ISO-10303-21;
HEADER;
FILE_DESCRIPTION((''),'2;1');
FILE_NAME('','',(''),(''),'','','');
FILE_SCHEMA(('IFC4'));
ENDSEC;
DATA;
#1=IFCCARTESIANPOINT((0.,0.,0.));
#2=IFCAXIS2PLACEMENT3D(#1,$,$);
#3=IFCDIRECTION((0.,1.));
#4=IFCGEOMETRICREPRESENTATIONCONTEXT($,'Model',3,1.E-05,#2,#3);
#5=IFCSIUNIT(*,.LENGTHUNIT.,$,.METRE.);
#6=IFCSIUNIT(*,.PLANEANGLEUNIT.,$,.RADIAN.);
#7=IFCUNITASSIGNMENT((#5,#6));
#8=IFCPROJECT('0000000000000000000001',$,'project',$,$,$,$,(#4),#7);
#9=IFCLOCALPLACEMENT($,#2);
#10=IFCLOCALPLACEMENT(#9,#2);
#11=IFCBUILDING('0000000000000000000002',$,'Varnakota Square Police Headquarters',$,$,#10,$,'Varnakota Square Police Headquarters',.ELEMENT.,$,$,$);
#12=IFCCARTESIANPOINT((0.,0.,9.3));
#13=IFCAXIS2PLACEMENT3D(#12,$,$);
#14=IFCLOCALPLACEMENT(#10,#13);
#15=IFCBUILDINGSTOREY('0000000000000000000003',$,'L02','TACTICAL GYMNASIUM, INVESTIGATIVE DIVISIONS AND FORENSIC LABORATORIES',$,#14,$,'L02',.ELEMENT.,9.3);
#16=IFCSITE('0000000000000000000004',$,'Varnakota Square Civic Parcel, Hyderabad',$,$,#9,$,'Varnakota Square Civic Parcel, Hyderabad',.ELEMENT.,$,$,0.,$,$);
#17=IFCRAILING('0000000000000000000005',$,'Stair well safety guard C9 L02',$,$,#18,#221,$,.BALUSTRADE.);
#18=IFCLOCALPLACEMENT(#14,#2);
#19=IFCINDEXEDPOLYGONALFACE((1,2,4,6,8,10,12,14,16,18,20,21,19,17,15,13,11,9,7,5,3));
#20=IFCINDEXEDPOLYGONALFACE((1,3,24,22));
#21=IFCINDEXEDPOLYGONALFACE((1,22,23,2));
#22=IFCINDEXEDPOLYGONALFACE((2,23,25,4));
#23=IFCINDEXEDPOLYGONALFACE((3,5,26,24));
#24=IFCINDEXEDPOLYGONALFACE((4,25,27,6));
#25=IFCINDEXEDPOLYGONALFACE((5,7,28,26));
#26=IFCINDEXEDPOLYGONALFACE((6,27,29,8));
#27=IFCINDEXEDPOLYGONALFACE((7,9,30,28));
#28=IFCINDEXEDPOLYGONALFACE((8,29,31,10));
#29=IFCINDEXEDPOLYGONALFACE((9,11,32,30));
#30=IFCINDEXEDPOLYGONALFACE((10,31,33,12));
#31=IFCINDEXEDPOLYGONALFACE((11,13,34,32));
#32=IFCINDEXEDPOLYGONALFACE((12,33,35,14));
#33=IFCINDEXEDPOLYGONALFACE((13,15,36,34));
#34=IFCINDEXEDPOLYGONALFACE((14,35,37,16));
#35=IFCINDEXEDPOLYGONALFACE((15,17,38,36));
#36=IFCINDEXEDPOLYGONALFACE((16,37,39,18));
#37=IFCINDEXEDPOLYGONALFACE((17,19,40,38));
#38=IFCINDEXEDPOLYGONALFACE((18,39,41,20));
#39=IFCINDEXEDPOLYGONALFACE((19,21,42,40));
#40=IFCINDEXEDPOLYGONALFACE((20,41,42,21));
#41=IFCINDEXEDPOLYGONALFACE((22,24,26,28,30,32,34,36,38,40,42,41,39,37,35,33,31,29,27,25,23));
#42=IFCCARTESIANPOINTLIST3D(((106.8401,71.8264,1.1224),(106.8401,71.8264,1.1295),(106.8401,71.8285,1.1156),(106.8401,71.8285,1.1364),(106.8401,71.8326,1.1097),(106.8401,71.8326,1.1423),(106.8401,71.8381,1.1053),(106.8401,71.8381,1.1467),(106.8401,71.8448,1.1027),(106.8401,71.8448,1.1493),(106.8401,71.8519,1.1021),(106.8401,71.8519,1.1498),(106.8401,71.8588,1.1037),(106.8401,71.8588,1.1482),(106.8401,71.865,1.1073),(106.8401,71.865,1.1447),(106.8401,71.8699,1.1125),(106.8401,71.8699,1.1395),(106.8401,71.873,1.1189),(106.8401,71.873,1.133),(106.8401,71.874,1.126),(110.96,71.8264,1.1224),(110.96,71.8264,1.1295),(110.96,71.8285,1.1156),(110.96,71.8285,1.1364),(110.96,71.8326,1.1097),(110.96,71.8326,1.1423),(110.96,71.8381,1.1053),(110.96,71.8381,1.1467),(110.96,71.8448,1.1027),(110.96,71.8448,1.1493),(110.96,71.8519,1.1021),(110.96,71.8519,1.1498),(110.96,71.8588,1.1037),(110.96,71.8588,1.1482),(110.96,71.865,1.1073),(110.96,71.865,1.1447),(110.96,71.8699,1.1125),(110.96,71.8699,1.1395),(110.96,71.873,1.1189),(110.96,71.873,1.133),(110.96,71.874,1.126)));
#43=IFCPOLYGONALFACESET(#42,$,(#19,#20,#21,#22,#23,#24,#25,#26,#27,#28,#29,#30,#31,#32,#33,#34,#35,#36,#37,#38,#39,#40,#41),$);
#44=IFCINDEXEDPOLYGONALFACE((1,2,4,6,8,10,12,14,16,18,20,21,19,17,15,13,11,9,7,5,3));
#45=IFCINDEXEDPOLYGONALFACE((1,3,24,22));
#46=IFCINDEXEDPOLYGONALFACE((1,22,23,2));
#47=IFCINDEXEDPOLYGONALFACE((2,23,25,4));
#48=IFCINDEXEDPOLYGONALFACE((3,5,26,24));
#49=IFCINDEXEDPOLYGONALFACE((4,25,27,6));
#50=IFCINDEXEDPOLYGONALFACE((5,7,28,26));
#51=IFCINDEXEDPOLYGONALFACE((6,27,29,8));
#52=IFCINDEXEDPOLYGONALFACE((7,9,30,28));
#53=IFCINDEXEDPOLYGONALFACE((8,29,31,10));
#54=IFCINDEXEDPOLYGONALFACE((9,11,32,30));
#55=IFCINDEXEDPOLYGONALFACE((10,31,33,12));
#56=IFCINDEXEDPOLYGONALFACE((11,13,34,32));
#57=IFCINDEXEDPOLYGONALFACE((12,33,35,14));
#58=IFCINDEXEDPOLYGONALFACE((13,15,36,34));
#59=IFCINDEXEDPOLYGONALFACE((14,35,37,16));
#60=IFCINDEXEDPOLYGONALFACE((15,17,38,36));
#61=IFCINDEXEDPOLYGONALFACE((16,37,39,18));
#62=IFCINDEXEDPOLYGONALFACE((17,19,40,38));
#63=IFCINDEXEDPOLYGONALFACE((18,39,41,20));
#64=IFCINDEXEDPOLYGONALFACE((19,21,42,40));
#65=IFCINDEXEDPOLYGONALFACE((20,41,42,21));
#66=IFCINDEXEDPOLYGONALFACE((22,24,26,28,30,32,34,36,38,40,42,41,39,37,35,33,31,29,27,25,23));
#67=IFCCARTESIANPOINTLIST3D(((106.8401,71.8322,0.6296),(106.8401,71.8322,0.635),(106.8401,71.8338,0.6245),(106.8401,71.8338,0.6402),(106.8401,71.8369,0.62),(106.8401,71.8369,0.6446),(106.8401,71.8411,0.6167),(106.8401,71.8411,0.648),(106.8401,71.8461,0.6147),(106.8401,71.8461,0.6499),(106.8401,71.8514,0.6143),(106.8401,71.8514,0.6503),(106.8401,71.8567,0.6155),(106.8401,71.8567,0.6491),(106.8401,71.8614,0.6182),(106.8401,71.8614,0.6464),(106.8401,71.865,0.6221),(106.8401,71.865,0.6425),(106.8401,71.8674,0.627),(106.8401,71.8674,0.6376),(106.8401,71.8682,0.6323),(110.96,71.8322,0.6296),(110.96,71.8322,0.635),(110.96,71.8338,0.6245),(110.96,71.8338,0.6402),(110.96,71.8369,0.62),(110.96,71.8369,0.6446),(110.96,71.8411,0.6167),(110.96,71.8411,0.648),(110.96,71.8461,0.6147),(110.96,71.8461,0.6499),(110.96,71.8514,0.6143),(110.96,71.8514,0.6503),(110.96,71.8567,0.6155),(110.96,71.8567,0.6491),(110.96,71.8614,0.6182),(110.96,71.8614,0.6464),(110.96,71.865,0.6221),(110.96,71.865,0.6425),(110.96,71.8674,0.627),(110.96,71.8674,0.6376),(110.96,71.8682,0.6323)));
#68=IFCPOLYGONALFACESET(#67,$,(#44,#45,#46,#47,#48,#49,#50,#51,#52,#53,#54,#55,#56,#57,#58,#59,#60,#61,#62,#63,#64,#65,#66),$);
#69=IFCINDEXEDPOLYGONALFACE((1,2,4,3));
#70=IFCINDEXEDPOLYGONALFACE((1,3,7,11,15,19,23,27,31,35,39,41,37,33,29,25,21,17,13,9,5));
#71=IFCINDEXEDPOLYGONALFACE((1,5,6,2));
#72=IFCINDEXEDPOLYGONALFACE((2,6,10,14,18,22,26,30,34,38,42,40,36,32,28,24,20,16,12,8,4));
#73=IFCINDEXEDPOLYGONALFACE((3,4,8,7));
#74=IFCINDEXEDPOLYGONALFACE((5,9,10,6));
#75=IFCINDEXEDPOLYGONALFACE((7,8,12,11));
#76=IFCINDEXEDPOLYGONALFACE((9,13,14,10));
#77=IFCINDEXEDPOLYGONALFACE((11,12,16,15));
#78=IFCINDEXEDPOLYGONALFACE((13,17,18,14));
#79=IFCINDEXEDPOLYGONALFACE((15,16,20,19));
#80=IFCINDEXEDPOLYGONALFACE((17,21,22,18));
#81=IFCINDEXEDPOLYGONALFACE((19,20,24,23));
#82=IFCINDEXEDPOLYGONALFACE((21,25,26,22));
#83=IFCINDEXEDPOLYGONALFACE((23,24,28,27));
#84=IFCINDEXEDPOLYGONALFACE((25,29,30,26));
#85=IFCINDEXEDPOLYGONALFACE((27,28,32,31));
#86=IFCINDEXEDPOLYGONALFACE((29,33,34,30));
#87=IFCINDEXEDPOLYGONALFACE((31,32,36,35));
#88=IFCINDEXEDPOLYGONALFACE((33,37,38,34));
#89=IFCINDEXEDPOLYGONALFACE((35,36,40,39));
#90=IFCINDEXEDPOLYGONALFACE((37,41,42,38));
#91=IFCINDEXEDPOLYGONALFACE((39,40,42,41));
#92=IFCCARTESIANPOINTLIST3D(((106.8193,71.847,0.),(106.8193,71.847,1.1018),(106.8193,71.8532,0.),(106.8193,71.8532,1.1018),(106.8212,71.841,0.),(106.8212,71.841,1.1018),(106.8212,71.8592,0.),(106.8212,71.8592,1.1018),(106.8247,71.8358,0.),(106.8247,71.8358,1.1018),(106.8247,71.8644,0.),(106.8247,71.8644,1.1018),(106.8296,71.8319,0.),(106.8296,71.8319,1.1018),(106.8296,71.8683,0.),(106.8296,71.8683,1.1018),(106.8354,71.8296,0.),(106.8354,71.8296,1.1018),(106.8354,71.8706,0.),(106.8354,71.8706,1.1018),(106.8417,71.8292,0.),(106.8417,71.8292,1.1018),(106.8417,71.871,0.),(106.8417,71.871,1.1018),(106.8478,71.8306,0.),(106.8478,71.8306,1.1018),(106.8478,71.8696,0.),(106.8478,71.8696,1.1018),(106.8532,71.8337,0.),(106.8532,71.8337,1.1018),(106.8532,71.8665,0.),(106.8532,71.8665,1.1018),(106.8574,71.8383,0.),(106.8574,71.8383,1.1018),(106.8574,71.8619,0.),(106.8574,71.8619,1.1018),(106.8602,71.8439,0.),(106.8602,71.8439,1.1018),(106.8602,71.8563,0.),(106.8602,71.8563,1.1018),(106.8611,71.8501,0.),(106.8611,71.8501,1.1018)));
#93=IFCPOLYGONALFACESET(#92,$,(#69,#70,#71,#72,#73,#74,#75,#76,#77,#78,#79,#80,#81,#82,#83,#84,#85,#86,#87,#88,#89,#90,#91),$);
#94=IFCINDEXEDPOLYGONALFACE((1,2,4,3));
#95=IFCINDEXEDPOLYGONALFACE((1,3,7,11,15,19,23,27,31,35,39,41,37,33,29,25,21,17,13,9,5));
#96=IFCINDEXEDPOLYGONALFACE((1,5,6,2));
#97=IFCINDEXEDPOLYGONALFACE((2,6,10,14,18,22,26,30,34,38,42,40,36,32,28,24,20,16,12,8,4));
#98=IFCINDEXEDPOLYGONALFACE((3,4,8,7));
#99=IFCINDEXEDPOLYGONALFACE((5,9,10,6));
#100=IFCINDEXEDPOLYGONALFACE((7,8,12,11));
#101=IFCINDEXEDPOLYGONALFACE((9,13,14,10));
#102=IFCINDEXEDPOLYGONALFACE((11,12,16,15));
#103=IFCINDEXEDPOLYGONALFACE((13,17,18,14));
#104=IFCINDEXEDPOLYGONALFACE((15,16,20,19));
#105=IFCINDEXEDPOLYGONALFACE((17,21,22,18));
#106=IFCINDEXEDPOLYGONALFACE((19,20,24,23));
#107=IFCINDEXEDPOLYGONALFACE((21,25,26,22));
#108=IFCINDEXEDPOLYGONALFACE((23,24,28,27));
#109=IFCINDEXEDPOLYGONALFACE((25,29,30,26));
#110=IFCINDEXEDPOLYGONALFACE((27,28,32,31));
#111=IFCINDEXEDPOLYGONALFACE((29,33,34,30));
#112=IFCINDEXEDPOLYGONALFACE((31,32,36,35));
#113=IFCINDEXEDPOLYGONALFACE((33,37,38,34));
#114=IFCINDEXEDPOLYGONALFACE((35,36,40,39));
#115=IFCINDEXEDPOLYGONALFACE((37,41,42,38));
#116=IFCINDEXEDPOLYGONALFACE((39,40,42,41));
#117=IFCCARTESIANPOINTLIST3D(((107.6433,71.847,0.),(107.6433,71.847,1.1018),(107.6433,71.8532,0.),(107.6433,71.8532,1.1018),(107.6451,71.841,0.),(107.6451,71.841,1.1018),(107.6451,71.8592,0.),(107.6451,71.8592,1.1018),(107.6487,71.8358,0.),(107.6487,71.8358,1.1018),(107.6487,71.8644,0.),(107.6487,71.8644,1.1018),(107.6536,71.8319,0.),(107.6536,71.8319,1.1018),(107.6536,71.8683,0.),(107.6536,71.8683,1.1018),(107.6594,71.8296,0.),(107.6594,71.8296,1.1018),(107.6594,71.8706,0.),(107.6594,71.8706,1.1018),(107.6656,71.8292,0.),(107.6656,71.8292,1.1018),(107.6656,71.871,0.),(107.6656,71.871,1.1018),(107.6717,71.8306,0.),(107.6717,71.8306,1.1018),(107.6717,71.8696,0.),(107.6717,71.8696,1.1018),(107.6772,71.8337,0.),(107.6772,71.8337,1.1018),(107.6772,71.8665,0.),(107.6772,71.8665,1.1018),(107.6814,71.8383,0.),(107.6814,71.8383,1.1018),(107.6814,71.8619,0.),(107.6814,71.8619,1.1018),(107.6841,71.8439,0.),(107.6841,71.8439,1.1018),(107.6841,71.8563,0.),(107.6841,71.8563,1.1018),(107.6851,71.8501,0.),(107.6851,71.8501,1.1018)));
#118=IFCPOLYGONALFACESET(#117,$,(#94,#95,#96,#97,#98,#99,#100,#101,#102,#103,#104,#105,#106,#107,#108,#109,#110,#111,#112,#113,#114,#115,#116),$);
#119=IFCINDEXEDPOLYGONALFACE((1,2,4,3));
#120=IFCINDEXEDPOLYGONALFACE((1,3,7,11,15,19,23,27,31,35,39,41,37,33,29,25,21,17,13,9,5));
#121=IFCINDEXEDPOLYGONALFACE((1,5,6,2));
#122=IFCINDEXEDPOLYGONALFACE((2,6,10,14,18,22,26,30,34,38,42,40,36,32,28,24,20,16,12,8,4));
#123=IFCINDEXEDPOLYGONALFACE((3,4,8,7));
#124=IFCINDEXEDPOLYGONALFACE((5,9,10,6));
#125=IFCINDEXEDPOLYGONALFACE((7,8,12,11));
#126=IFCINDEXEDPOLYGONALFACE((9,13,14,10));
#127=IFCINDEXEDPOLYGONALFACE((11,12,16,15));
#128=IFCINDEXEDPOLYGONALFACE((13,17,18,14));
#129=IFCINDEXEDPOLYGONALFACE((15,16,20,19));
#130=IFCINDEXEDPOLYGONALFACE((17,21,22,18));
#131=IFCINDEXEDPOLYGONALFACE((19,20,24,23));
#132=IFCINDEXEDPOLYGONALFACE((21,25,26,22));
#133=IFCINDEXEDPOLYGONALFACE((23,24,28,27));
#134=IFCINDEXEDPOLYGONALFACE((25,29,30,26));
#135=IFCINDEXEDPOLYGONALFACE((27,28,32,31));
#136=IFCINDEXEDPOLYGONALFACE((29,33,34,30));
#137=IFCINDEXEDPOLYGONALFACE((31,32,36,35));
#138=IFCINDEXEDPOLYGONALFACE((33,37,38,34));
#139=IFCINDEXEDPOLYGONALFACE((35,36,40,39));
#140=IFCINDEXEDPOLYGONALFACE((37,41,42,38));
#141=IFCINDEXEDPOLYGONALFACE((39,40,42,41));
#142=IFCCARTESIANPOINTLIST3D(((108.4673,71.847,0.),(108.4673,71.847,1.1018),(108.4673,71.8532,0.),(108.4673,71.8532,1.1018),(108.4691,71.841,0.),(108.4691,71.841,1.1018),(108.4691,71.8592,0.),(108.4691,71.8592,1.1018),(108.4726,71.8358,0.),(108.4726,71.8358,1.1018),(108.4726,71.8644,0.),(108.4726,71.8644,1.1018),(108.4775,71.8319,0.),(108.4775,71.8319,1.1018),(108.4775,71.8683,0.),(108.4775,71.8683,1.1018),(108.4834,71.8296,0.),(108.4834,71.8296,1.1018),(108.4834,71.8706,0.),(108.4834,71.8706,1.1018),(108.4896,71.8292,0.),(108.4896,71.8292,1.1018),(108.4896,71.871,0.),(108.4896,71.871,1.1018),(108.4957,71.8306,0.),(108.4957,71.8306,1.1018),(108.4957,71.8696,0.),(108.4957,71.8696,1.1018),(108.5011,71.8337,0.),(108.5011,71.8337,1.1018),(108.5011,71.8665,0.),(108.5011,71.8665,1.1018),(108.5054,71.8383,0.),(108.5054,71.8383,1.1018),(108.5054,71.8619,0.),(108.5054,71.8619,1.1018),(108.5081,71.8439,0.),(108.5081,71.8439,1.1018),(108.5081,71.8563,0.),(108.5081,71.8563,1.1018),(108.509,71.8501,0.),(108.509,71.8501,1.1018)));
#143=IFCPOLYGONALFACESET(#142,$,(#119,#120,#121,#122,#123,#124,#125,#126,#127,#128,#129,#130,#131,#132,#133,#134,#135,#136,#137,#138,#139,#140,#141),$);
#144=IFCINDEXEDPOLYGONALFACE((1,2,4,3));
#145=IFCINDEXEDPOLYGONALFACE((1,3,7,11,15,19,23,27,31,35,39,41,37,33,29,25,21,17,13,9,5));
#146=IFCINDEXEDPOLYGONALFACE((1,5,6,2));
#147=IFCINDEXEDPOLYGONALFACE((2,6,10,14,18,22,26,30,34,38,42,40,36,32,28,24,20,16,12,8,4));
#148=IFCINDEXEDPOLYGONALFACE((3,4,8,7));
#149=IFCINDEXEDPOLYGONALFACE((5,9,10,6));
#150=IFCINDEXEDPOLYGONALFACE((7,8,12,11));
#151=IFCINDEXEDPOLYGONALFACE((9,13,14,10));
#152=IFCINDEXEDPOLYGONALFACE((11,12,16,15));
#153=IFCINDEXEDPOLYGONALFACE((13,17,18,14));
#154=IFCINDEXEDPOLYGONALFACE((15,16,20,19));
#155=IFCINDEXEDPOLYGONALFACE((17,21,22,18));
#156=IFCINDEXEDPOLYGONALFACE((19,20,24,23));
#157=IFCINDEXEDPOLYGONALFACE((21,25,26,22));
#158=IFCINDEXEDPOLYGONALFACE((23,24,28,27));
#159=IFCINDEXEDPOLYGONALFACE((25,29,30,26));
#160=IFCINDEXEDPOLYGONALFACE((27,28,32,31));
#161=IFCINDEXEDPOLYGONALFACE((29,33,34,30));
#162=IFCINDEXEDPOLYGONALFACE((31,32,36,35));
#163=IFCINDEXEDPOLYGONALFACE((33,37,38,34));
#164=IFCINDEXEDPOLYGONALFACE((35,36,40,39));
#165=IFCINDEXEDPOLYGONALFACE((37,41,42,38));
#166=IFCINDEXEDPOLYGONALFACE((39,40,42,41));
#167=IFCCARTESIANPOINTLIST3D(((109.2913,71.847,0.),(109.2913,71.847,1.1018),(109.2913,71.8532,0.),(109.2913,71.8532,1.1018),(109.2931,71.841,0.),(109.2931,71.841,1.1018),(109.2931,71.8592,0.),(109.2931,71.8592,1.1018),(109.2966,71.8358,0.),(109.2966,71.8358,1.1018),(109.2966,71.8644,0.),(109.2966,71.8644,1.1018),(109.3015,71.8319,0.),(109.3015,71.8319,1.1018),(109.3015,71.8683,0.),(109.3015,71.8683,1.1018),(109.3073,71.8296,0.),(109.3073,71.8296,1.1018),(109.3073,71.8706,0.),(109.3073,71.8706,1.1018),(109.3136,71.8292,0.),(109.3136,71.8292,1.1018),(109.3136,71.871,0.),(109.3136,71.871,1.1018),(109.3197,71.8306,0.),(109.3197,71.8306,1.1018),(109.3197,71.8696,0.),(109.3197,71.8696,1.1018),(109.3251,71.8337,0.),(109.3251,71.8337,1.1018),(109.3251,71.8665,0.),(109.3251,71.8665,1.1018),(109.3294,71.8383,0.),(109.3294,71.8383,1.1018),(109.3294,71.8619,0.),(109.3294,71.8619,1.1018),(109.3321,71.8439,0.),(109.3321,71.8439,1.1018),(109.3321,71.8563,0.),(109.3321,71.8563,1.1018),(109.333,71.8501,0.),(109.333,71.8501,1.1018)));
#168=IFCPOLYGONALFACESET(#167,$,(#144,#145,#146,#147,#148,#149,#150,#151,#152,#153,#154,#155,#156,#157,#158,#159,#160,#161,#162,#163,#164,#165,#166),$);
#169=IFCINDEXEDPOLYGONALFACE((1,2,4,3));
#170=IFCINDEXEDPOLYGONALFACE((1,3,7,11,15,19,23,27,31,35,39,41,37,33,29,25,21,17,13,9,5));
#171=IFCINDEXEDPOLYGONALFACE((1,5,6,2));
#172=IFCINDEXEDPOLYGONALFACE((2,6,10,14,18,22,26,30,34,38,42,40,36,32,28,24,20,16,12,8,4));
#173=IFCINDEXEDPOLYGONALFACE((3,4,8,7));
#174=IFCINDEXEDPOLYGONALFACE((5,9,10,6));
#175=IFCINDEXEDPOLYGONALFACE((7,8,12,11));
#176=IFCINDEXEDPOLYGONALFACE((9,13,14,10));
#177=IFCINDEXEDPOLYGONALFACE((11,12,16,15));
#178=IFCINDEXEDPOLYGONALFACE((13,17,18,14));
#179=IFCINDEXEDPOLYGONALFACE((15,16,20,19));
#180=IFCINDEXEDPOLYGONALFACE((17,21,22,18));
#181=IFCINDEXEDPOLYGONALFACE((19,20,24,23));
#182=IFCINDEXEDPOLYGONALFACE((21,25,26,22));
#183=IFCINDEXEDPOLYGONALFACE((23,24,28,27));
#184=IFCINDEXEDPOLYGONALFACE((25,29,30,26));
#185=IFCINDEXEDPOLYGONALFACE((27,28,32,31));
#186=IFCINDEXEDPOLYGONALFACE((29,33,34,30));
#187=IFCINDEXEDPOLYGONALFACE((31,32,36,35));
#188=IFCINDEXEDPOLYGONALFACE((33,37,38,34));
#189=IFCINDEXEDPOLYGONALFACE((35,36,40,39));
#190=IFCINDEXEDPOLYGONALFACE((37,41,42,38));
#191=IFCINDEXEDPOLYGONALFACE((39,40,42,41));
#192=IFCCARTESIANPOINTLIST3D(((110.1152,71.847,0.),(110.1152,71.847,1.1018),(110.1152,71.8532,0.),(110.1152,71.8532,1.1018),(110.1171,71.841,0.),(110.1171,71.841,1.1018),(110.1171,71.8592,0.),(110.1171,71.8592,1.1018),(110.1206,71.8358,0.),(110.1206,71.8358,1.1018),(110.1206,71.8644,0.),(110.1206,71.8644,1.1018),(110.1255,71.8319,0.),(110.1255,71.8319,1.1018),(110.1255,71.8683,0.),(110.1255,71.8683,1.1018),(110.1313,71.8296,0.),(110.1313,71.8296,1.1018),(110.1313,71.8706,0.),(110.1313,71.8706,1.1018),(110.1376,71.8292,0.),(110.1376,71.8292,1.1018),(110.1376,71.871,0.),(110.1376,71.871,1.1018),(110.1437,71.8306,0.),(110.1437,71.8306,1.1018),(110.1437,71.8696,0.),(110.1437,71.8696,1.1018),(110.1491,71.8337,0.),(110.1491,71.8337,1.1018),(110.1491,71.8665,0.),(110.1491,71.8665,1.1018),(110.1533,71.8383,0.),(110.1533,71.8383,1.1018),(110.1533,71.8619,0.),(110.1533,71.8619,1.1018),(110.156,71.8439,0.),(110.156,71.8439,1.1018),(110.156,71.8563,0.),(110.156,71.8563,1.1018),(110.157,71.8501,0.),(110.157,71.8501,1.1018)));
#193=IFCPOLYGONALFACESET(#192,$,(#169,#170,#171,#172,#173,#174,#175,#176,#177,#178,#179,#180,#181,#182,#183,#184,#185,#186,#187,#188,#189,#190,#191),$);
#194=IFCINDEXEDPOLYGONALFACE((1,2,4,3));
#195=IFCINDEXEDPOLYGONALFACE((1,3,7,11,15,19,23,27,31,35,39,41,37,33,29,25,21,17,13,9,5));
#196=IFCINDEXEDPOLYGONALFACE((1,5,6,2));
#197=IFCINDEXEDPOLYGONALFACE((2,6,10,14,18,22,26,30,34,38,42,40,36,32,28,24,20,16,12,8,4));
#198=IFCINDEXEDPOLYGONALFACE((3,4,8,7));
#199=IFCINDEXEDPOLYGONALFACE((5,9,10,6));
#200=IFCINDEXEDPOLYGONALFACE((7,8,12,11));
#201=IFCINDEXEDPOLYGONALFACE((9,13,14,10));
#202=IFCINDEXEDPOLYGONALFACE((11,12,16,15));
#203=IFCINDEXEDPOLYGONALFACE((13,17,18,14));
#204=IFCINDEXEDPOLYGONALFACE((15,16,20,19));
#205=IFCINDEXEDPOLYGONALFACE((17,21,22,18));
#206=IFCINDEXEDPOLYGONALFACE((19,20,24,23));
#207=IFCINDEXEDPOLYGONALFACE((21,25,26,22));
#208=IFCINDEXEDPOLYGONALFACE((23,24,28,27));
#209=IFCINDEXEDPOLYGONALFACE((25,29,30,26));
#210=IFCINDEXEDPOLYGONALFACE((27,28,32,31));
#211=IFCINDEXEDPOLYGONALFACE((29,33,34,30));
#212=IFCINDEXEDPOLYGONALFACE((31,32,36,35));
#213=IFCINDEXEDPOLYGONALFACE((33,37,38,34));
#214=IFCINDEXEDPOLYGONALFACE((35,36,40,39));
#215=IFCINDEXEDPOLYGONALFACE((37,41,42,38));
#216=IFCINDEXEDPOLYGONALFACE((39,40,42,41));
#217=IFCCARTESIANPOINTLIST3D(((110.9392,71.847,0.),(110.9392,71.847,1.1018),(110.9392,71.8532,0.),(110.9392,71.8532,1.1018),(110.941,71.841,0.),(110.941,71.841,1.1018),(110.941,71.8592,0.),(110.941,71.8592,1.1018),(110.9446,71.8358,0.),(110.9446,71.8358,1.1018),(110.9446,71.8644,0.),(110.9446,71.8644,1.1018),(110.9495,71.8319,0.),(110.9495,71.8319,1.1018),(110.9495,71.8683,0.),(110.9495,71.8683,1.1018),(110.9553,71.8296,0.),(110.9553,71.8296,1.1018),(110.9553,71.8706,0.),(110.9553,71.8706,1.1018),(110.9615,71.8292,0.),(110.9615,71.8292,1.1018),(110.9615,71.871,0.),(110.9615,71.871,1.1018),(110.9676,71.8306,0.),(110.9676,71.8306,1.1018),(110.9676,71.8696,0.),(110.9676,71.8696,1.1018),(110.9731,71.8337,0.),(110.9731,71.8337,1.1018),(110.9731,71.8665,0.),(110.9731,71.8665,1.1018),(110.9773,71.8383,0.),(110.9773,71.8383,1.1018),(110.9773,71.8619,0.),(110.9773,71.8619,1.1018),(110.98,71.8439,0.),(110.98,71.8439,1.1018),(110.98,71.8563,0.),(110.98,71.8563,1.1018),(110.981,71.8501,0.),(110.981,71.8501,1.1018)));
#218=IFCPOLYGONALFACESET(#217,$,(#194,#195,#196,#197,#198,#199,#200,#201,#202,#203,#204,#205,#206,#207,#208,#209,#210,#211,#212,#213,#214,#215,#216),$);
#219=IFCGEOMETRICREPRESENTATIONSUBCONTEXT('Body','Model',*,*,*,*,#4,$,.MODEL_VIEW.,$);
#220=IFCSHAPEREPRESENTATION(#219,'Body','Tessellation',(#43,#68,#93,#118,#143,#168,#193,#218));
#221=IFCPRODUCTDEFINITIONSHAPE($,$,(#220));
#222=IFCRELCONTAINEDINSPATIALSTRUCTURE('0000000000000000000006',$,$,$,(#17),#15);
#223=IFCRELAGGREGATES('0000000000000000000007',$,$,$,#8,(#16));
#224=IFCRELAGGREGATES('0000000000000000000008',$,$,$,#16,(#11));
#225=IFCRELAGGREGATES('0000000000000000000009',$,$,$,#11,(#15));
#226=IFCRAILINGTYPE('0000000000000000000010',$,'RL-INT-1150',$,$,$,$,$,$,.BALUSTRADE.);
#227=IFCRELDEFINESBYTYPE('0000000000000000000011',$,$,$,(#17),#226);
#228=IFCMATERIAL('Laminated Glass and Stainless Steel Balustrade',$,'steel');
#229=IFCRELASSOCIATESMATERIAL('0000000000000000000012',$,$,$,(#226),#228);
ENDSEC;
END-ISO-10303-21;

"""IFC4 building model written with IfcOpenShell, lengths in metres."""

from ifc_helpers import new_model, si_unit, direction, frame, origin, origin_2d, place, context, subcontext, project, spatial, circle, extrude, material, type_object, element, save


model = new_model("IFC4")

# Units and contexts
model_context = context("Model", 3, precision=1e-05, world=origin(), true_north=direction((0.0, 1.0)))
body_context = subcontext(model_context, "Body", "Model", "MODEL_VIEW")
ifc_project = project(units=[si_unit("LENGTHUNIT", "METRE"), si_unit("PLANEANGLEUNIT", "RADIAN")], contexts=[model_context])

# Site, building, storey
site_placement = place(None, origin())
site = spatial("IfcSite", under=ifc_project, at=site_placement, Name="Varnakota Square Civic Parcel, Hyderabad", LongName="Varnakota Square Civic Parcel, Hyderabad", CompositionType="ELEMENT", RefElevation=0.0)
building_placement = place(site_placement, origin())
building = spatial("IfcBuilding", under=site, at=building_placement, Name="Varnakota Square Police Headquarters", LongName="Varnakota Square Police Headquarters", CompositionType="ELEMENT")
storey_placement = place(building_placement, frame((0.0, 0.0, 9.3)))
storey = spatial("IfcBuildingStorey", under=building, at=storey_placement, Name="L02", Description="TACTICAL GYMNASIUM, INVESTIGATIVE DIVISIONS AND FORENSIC LABORATORIES", LongName="L02", CompositionType="ELEMENT", Elevation=9.3)

# Railing
ifc_material_1 = material(Name="Laminated Glass and Stainless Steel Balustrade", Category="steel")
railing_type_1 = type_object("IfcRailingType", Name="RL-INT-1150", PredefinedType="BALUSTRADE", material=ifc_material_1)
railing_1_placement = place(storey_placement, frame((106.8401, 71.8501, 0.0)))
element("IfcRailing", 1, at=railing_1_placement, inside=storey, type_object=railing_type_1, Name="Stair well safety guard C9 L02", PredefinedType="BALUSTRADE", context=body_context, shape_type="SweptSolid", body=[
    extrude(circle(Radius=0.0239, at=origin_2d()), frame((0.0, 0.0, 1.126), z_axis=(1.0, 0.0, 0.0), x_axis=(0.0, 1.0, 0.0)), (0.0, 0.0, 1.0), 4.1199),
    extrude(circle(Radius=0.0181, at=origin_2d()), frame((0.0, 0.0, 0.6323), z_axis=(1.0, 0.0, 0.0), x_axis=(0.0, 1.0, 0.0)), (0.0, 0.0, 1.0), 4.1199),
    extrude(circle(Radius=0.021, at=origin_2d()), origin(), (0.0, 0.0, 1.0), 1.1018),
    extrude(circle(Radius=0.021, at=origin_2d()), frame((0.824, 0.0, 0.0)), (0.0, 0.0, 1.0), 1.1018),
    extrude(circle(Radius=0.021, at=origin_2d()), frame((1.6479, 0.0, 0.0)), (0.0, 0.0, 1.0), 1.1018),
    extrude(circle(Radius=0.021, at=origin_2d()), frame((2.4719, 0.0, 0.0)), (0.0, 0.0, 1.0), 1.1018),
    extrude(circle(Radius=0.021, at=origin_2d()), frame((3.2959, 0.0, 0.0)), (0.0, 0.0, 1.0), 1.1018),
    extrude(circle(Radius=0.021, at=origin_2d()), frame((4.1199, 0.0, 0.0)), (0.0, 0.0, 1.0), 1.1018),
])

save(model, "model.ifc")
